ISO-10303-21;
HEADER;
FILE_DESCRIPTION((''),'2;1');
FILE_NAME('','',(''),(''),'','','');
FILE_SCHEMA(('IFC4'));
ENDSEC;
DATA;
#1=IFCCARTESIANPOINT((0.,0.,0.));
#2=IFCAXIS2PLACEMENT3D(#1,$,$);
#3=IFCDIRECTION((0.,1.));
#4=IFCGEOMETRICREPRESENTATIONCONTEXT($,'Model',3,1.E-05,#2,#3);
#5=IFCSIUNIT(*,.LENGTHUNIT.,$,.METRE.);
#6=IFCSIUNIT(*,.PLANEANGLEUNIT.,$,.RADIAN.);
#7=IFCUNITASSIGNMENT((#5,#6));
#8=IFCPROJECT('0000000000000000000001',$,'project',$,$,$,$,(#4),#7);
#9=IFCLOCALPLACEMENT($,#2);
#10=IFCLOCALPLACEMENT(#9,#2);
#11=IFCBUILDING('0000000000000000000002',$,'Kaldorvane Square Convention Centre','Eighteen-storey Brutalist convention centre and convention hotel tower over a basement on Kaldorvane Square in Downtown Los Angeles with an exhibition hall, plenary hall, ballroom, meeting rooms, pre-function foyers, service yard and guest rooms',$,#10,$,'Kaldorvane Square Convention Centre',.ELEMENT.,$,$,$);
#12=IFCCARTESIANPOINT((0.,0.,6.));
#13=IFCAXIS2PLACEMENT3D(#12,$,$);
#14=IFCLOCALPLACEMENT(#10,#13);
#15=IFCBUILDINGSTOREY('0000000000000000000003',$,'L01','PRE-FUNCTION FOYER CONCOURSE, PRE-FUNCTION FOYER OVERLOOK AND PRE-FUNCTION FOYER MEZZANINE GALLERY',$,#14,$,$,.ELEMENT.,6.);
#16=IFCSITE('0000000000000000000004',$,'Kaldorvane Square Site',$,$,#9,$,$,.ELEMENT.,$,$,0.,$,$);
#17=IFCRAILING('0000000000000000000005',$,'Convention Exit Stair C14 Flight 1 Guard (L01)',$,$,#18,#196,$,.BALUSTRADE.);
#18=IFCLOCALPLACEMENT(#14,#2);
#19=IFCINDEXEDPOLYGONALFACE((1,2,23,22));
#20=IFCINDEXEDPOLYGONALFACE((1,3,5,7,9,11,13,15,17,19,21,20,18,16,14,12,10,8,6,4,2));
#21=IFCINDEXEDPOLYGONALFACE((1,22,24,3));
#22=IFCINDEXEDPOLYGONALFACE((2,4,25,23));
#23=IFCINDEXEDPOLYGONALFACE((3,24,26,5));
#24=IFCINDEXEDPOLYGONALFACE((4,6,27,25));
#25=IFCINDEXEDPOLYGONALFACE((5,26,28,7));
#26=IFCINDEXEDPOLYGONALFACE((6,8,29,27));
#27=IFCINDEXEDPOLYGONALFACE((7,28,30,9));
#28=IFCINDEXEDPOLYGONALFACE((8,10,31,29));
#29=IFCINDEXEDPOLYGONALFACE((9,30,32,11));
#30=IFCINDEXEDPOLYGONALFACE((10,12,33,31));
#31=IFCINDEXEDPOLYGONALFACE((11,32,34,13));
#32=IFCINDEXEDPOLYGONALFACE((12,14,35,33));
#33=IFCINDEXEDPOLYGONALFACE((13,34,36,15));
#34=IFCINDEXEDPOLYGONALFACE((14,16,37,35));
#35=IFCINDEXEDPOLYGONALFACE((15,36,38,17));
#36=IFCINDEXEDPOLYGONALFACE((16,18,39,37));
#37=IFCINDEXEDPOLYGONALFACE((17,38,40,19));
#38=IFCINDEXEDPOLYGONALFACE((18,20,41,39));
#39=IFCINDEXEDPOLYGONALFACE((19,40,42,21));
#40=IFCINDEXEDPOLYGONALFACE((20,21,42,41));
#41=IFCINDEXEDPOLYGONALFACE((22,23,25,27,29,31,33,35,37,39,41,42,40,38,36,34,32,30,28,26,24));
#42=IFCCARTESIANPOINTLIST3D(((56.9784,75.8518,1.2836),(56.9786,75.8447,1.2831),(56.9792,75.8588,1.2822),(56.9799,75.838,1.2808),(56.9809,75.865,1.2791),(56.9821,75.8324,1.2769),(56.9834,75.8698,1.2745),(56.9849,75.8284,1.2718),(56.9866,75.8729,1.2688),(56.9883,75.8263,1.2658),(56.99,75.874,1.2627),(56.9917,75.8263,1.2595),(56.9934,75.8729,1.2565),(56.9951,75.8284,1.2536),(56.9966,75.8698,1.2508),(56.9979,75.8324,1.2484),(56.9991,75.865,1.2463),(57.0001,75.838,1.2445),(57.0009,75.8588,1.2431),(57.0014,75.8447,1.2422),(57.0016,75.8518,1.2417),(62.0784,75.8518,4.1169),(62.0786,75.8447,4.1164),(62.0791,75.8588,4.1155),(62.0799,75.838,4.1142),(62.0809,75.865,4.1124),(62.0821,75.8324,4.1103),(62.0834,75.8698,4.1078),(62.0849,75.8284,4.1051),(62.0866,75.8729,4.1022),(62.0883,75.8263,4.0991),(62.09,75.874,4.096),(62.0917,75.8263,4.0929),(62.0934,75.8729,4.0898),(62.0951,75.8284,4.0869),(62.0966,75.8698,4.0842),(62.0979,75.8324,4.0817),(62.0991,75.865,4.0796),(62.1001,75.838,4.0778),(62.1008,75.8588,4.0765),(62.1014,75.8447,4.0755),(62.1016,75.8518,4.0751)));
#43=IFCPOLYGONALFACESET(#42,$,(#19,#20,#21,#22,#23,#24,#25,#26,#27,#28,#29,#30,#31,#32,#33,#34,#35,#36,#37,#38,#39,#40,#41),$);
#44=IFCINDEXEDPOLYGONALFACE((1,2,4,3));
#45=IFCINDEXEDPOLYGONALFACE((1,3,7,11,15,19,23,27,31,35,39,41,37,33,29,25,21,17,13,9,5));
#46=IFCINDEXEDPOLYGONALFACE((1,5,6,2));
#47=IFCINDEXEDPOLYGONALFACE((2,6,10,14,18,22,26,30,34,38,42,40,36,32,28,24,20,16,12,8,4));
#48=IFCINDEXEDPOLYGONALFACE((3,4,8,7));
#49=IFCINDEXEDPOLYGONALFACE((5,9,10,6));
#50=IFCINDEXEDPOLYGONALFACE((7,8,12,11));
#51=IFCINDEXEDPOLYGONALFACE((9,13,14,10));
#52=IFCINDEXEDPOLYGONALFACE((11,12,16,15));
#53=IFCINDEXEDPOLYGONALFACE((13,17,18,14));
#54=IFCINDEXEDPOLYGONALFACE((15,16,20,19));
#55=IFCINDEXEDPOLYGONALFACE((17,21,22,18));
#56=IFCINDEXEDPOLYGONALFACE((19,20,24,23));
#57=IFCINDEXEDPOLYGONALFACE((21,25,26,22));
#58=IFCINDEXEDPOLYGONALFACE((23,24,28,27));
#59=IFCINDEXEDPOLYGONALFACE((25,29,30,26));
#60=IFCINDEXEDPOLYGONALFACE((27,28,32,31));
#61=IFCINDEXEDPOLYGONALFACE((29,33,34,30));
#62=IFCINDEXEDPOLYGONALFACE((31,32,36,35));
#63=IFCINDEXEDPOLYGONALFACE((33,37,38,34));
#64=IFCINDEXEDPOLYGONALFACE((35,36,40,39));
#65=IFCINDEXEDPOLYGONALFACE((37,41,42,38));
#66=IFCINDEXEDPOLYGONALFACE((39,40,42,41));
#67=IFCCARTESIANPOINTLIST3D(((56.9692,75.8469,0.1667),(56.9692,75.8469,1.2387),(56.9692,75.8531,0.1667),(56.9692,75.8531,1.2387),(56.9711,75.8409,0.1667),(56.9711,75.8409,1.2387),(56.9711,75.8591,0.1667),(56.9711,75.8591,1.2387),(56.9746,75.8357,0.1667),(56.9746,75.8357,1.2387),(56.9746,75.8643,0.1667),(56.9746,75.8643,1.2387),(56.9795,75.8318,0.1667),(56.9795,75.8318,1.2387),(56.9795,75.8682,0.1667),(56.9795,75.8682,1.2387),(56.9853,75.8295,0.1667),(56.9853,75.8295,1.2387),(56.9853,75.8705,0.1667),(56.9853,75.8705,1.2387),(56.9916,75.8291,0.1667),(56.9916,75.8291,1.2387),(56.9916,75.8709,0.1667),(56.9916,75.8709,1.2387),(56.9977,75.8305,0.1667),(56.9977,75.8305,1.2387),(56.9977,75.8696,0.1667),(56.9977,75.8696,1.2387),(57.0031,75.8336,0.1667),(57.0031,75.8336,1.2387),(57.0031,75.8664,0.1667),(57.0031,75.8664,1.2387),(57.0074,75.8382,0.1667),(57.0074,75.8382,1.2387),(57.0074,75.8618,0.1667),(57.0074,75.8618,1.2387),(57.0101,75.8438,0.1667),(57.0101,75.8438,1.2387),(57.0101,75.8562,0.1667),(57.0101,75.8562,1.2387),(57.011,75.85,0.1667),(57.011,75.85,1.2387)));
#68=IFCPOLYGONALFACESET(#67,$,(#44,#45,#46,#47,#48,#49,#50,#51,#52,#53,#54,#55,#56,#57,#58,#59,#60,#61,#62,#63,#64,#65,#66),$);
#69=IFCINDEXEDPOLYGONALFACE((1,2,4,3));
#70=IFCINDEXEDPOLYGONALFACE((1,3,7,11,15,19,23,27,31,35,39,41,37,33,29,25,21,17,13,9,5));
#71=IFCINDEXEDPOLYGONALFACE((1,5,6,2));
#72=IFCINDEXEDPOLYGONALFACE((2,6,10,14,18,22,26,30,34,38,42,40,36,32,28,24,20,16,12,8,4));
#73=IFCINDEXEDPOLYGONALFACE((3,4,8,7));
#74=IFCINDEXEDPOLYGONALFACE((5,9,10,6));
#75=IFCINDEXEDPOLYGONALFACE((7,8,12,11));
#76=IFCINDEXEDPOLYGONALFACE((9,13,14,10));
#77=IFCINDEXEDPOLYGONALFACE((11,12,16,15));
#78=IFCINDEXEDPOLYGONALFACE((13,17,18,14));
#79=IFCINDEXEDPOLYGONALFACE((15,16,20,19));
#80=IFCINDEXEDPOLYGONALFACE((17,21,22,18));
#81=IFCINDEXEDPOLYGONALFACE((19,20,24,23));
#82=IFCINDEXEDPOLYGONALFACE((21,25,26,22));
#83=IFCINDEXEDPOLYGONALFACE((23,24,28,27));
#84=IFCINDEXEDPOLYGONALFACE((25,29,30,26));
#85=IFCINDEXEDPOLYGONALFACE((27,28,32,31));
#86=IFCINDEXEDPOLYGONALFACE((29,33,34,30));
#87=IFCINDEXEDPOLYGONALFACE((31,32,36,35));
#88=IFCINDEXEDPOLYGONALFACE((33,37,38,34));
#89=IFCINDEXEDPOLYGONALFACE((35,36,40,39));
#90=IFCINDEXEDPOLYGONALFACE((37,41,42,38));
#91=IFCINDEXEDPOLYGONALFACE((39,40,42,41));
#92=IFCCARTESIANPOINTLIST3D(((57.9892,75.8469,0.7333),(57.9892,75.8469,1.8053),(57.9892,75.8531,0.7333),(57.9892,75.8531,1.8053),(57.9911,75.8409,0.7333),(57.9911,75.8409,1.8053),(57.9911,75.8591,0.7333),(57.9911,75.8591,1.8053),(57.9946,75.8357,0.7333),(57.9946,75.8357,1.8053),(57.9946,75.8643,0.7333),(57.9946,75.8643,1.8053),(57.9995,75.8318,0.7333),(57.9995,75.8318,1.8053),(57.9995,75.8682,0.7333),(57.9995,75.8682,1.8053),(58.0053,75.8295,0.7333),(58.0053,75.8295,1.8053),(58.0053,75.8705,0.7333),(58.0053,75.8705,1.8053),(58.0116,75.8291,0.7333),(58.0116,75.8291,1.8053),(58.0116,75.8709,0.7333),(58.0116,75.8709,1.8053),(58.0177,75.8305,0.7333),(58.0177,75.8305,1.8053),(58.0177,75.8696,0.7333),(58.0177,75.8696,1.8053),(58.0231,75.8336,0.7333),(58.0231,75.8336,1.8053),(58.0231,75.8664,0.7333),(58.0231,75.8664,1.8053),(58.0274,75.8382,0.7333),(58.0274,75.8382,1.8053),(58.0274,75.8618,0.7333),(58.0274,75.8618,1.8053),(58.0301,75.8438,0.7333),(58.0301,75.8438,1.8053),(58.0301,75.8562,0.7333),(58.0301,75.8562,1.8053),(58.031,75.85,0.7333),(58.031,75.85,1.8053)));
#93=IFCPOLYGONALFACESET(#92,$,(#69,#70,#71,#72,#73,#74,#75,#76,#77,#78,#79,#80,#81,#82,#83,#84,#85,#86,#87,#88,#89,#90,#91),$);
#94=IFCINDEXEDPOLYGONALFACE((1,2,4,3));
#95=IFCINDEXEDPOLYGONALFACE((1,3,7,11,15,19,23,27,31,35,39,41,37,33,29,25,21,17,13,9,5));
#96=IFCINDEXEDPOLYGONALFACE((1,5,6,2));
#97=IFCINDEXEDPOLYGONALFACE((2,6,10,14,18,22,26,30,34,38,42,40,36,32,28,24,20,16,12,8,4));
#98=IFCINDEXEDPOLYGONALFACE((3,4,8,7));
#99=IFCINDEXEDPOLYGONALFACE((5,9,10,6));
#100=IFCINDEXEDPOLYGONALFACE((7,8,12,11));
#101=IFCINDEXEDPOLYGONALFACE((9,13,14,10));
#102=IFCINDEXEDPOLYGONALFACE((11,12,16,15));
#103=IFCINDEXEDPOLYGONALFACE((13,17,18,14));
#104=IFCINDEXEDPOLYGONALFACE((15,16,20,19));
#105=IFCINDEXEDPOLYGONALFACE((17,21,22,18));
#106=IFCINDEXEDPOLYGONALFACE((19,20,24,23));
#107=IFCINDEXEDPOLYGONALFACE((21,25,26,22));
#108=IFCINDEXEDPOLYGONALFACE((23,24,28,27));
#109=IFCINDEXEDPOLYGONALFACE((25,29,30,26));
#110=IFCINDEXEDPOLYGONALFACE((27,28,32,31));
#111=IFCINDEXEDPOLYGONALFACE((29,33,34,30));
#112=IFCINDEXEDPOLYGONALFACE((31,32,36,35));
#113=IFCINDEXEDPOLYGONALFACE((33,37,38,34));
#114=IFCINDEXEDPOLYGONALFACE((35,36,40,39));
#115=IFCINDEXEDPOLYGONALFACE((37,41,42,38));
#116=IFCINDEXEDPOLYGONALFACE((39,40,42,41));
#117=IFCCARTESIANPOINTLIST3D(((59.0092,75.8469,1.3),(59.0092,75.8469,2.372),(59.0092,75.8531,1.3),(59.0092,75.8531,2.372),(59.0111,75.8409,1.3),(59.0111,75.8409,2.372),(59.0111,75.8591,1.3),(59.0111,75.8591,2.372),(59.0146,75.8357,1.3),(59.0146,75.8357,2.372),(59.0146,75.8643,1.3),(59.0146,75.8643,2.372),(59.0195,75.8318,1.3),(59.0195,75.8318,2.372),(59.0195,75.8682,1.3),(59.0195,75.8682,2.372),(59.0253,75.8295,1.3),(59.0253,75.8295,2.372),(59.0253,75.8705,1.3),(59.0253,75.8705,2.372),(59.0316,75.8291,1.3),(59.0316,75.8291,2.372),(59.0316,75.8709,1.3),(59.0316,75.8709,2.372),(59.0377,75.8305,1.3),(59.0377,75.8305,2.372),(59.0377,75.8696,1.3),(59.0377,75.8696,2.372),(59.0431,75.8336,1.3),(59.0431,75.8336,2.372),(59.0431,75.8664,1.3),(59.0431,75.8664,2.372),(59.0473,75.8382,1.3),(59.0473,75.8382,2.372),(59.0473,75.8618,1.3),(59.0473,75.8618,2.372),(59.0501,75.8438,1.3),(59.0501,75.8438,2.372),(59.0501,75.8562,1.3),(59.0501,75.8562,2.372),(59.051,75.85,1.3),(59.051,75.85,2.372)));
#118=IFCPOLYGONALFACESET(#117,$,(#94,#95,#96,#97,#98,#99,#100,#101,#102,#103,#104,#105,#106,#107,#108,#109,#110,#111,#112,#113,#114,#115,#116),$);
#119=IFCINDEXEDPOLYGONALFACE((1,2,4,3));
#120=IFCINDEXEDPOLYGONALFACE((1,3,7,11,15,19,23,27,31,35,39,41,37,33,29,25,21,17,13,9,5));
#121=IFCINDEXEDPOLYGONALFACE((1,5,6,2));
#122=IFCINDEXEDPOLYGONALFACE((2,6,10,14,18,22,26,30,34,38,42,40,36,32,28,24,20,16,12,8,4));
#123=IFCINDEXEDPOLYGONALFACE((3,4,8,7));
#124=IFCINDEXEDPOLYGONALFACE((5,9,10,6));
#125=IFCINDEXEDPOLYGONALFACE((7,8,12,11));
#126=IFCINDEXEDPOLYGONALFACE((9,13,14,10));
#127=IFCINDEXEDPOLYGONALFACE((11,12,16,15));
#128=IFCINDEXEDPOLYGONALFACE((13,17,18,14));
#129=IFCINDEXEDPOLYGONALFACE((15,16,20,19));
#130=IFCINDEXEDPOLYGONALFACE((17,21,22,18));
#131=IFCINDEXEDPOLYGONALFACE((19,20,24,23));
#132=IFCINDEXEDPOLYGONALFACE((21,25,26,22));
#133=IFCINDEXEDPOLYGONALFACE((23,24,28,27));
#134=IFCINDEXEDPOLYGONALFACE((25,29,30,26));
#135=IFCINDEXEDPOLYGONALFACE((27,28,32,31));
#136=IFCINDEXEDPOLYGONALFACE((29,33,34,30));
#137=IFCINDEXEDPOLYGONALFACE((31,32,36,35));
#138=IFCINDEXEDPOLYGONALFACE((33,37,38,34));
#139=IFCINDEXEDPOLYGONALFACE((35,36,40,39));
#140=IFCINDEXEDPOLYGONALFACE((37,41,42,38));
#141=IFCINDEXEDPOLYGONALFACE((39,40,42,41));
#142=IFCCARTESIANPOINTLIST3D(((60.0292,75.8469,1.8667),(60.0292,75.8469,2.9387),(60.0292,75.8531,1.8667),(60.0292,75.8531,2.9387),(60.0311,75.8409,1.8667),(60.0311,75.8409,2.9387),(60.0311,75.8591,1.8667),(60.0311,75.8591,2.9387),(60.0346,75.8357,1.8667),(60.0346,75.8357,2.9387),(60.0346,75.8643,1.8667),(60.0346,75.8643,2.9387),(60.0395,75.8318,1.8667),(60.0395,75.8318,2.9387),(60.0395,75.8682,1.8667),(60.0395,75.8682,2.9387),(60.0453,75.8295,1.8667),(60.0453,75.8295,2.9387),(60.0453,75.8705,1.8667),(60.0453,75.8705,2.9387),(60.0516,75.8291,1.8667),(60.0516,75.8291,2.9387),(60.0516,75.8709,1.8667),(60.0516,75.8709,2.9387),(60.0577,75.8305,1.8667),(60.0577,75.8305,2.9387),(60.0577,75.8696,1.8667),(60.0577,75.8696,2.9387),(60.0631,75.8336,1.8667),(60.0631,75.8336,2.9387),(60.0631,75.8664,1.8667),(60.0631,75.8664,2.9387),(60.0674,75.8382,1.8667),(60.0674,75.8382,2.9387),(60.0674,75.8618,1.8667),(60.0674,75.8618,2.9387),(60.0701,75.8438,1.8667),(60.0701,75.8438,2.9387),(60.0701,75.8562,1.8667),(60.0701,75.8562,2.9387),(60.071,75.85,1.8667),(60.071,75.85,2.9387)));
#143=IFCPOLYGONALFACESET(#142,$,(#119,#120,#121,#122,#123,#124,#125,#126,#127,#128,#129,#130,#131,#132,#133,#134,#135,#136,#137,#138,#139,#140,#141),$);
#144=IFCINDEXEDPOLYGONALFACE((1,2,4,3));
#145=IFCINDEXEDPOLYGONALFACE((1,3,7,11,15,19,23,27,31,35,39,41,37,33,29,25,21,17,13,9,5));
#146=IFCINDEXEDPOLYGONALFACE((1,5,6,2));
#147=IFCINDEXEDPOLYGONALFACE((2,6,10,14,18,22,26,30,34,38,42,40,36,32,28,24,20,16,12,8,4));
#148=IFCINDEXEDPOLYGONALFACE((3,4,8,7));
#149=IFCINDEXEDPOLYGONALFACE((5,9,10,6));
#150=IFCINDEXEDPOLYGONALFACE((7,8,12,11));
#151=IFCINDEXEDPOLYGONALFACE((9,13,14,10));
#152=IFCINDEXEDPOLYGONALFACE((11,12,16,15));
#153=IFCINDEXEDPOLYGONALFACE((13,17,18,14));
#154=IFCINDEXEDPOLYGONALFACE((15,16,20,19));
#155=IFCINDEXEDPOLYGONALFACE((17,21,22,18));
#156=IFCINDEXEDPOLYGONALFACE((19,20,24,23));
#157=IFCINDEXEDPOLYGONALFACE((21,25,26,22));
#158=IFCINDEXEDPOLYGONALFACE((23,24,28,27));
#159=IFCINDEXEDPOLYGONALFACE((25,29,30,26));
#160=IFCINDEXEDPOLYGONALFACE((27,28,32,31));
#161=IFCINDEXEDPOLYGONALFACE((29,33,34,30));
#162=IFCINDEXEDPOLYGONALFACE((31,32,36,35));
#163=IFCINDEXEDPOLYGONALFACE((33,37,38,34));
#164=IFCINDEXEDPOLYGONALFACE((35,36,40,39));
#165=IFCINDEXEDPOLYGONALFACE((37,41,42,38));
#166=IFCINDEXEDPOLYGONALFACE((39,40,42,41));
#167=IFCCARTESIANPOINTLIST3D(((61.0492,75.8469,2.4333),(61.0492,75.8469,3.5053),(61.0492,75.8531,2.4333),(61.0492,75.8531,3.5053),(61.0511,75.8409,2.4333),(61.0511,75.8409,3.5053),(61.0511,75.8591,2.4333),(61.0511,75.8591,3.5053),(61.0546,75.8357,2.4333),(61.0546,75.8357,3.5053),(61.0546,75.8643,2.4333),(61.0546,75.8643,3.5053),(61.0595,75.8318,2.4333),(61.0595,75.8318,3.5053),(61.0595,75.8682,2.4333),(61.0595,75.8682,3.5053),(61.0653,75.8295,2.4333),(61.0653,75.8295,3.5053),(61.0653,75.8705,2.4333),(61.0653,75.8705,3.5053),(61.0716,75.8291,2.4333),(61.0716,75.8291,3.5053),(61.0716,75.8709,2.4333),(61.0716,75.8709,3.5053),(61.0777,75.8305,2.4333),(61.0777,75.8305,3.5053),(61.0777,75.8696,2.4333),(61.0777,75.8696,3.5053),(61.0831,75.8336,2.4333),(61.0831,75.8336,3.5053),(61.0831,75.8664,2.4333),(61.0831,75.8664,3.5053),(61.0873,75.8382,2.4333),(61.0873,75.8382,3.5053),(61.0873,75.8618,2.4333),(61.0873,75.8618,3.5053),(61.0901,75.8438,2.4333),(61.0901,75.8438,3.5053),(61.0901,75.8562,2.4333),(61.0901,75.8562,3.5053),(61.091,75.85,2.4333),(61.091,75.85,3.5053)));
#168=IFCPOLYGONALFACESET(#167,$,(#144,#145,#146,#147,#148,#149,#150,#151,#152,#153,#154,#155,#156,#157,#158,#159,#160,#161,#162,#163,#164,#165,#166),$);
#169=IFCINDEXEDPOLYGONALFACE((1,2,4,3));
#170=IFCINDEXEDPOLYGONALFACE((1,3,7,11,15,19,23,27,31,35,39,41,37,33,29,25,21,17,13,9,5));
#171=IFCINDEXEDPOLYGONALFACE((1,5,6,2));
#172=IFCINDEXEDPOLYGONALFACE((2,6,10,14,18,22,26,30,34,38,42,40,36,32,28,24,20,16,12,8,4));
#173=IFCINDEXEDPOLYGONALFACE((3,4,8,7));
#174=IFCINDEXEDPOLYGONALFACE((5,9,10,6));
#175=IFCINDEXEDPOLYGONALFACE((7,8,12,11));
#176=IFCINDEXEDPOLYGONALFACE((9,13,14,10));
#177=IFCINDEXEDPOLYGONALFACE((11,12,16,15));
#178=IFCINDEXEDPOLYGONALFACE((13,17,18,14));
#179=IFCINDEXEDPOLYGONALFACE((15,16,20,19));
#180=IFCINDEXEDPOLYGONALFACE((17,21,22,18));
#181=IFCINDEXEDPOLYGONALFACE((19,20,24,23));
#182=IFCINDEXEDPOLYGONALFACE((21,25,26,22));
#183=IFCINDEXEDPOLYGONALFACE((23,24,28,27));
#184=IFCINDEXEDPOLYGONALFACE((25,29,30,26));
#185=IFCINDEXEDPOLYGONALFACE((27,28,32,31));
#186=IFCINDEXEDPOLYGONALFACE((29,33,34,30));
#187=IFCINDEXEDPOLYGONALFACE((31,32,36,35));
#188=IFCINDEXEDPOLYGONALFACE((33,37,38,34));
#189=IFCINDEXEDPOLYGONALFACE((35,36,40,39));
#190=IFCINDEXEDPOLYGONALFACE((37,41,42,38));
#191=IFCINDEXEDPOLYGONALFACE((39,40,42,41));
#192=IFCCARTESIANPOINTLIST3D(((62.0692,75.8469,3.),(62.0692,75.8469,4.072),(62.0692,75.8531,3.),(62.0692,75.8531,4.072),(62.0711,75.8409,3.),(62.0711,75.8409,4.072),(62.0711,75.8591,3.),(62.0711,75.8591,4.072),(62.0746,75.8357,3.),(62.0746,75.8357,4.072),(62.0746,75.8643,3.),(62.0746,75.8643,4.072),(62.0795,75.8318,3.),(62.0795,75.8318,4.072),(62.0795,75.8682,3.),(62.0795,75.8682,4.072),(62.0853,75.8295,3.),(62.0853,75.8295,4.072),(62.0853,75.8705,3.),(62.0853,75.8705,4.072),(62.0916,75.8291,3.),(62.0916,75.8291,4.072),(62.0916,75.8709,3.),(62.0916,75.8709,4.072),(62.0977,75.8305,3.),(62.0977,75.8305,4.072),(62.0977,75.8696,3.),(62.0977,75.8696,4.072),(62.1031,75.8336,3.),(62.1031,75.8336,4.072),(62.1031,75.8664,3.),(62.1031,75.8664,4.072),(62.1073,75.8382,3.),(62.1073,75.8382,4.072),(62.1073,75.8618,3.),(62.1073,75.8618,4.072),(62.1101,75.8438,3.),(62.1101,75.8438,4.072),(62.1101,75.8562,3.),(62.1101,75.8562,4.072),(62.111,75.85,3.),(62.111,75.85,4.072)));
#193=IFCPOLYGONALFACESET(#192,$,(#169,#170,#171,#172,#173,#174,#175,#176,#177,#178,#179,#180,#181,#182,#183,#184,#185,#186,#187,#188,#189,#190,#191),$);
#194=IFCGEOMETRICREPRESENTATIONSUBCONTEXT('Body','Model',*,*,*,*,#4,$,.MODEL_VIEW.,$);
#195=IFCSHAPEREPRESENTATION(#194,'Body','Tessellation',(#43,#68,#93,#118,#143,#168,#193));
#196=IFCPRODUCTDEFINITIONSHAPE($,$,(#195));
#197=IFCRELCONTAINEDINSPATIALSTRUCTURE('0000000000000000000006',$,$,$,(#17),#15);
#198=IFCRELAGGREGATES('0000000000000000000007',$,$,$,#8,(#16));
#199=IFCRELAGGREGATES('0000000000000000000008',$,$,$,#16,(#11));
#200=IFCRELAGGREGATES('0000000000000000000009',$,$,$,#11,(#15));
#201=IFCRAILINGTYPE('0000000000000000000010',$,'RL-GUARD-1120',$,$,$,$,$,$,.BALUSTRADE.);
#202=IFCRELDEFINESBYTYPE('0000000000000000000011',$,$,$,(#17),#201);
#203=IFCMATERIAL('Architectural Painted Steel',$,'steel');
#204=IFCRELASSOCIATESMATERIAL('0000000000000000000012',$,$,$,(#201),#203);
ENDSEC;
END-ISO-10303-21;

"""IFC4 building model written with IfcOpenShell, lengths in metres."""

from ifc_helpers import new_model, si_unit, direction, frame, origin, origin_2d, place, context, subcontext, project, spatial, circle, extrude, material, type_object, element, save


model = new_model("IFC4")

# Units and contexts
model_context = context("Model", 3, precision=1e-05, world=origin(), true_north=direction((0.0, 1.0)))
body_context = subcontext(model_context, "Body", "Model", "MODEL_VIEW")
ifc_project = project(units=[si_unit("LENGTHUNIT", "METRE"), si_unit("PLANEANGLEUNIT", "RADIAN")], contexts=[model_context])

# Site, building, storey
site_placement = place(None, origin())
site = spatial("IfcSite", under=ifc_project, at=site_placement, Name="Kaldorvane Square Site", CompositionType="ELEMENT", RefElevation=0.0)
building_placement = place(site_placement, origin())
building = spatial("IfcBuilding", under=site, at=building_placement, Name="Kaldorvane Square Convention Centre", Description="Eighteen-storey Brutalist convention centre and convention hotel tower over a basement on Kaldorvane Square in Downtown Los Angeles with an exhibition hall, plenary hall, ballroom, meeting rooms, pre-function foyers, service yard and guest rooms", LongName="Kaldorvane Square Convention Centre", CompositionType="ELEMENT")
storey_placement = place(building_placement, frame((0.0, 0.0, 6.0)))
storey = spatial("IfcBuildingStorey", under=building, at=storey_placement, Name="L01", Description="PRE-FUNCTION FOYER CONCOURSE, PRE-FUNCTION FOYER OVERLOOK AND PRE-FUNCTION FOYER MEZZANINE GALLERY", CompositionType="ELEMENT", Elevation=6.0)

# Railing
ifc_material_1 = material(Name="Architectural Painted Steel", Category="steel")
railing_type_1 = type_object("IfcRailingType", Name="RL-GUARD-1120", PredefinedType="BALUSTRADE", material=ifc_material_1)
railing_1_placement = place(storey_placement, frame((56.99, 75.85, 0.1667)))
element("IfcRailing", 1, at=railing_1_placement, inside=storey, type_object=railing_type_1, Name="Convention Exit Stair C14 Flight 1 Guard (L01)", PredefinedType="BALUSTRADE", context=body_context, shape_type="SweptSolid", body=[
    extrude(circle(Radius=0.024, at=origin_2d()), frame((0.0, 0.0, 1.096), z_axis=(0.874157, 0.0, 0.485643), x_axis=(0.0, 1.0, 0.0)), (0.0, 0.0, 1.0), 5.8342),
    extrude(circle(Radius=0.021, at=origin_2d()), origin(), (0.0, 0.0, 1.0), 1.072),
    extrude(circle(Radius=0.021, at=origin_2d()), frame((1.02, 0.0, 0.5667)), (0.0, 0.0, 1.0), 1.072),
    extrude(circle(Radius=0.021, at=origin_2d()), frame((2.04, 0.0, 1.1333)), (0.0, 0.0, 1.0), 1.072),
    extrude(circle(Radius=0.021, at=origin_2d()), frame((3.06, 0.0, 1.7)), (0.0, 0.0, 1.0), 1.072),
    extrude(circle(Radius=0.021, at=origin_2d()), frame((4.08, 0.0, 2.2667)), (0.0, 0.0, 1.0), 1.072),
    extrude(circle(Radius=0.021, at=origin_2d()), frame((5.1, 0.0, 2.8333)), (0.0, 0.0, 1.0), 1.072),
])

save(model, "model.ifc")
